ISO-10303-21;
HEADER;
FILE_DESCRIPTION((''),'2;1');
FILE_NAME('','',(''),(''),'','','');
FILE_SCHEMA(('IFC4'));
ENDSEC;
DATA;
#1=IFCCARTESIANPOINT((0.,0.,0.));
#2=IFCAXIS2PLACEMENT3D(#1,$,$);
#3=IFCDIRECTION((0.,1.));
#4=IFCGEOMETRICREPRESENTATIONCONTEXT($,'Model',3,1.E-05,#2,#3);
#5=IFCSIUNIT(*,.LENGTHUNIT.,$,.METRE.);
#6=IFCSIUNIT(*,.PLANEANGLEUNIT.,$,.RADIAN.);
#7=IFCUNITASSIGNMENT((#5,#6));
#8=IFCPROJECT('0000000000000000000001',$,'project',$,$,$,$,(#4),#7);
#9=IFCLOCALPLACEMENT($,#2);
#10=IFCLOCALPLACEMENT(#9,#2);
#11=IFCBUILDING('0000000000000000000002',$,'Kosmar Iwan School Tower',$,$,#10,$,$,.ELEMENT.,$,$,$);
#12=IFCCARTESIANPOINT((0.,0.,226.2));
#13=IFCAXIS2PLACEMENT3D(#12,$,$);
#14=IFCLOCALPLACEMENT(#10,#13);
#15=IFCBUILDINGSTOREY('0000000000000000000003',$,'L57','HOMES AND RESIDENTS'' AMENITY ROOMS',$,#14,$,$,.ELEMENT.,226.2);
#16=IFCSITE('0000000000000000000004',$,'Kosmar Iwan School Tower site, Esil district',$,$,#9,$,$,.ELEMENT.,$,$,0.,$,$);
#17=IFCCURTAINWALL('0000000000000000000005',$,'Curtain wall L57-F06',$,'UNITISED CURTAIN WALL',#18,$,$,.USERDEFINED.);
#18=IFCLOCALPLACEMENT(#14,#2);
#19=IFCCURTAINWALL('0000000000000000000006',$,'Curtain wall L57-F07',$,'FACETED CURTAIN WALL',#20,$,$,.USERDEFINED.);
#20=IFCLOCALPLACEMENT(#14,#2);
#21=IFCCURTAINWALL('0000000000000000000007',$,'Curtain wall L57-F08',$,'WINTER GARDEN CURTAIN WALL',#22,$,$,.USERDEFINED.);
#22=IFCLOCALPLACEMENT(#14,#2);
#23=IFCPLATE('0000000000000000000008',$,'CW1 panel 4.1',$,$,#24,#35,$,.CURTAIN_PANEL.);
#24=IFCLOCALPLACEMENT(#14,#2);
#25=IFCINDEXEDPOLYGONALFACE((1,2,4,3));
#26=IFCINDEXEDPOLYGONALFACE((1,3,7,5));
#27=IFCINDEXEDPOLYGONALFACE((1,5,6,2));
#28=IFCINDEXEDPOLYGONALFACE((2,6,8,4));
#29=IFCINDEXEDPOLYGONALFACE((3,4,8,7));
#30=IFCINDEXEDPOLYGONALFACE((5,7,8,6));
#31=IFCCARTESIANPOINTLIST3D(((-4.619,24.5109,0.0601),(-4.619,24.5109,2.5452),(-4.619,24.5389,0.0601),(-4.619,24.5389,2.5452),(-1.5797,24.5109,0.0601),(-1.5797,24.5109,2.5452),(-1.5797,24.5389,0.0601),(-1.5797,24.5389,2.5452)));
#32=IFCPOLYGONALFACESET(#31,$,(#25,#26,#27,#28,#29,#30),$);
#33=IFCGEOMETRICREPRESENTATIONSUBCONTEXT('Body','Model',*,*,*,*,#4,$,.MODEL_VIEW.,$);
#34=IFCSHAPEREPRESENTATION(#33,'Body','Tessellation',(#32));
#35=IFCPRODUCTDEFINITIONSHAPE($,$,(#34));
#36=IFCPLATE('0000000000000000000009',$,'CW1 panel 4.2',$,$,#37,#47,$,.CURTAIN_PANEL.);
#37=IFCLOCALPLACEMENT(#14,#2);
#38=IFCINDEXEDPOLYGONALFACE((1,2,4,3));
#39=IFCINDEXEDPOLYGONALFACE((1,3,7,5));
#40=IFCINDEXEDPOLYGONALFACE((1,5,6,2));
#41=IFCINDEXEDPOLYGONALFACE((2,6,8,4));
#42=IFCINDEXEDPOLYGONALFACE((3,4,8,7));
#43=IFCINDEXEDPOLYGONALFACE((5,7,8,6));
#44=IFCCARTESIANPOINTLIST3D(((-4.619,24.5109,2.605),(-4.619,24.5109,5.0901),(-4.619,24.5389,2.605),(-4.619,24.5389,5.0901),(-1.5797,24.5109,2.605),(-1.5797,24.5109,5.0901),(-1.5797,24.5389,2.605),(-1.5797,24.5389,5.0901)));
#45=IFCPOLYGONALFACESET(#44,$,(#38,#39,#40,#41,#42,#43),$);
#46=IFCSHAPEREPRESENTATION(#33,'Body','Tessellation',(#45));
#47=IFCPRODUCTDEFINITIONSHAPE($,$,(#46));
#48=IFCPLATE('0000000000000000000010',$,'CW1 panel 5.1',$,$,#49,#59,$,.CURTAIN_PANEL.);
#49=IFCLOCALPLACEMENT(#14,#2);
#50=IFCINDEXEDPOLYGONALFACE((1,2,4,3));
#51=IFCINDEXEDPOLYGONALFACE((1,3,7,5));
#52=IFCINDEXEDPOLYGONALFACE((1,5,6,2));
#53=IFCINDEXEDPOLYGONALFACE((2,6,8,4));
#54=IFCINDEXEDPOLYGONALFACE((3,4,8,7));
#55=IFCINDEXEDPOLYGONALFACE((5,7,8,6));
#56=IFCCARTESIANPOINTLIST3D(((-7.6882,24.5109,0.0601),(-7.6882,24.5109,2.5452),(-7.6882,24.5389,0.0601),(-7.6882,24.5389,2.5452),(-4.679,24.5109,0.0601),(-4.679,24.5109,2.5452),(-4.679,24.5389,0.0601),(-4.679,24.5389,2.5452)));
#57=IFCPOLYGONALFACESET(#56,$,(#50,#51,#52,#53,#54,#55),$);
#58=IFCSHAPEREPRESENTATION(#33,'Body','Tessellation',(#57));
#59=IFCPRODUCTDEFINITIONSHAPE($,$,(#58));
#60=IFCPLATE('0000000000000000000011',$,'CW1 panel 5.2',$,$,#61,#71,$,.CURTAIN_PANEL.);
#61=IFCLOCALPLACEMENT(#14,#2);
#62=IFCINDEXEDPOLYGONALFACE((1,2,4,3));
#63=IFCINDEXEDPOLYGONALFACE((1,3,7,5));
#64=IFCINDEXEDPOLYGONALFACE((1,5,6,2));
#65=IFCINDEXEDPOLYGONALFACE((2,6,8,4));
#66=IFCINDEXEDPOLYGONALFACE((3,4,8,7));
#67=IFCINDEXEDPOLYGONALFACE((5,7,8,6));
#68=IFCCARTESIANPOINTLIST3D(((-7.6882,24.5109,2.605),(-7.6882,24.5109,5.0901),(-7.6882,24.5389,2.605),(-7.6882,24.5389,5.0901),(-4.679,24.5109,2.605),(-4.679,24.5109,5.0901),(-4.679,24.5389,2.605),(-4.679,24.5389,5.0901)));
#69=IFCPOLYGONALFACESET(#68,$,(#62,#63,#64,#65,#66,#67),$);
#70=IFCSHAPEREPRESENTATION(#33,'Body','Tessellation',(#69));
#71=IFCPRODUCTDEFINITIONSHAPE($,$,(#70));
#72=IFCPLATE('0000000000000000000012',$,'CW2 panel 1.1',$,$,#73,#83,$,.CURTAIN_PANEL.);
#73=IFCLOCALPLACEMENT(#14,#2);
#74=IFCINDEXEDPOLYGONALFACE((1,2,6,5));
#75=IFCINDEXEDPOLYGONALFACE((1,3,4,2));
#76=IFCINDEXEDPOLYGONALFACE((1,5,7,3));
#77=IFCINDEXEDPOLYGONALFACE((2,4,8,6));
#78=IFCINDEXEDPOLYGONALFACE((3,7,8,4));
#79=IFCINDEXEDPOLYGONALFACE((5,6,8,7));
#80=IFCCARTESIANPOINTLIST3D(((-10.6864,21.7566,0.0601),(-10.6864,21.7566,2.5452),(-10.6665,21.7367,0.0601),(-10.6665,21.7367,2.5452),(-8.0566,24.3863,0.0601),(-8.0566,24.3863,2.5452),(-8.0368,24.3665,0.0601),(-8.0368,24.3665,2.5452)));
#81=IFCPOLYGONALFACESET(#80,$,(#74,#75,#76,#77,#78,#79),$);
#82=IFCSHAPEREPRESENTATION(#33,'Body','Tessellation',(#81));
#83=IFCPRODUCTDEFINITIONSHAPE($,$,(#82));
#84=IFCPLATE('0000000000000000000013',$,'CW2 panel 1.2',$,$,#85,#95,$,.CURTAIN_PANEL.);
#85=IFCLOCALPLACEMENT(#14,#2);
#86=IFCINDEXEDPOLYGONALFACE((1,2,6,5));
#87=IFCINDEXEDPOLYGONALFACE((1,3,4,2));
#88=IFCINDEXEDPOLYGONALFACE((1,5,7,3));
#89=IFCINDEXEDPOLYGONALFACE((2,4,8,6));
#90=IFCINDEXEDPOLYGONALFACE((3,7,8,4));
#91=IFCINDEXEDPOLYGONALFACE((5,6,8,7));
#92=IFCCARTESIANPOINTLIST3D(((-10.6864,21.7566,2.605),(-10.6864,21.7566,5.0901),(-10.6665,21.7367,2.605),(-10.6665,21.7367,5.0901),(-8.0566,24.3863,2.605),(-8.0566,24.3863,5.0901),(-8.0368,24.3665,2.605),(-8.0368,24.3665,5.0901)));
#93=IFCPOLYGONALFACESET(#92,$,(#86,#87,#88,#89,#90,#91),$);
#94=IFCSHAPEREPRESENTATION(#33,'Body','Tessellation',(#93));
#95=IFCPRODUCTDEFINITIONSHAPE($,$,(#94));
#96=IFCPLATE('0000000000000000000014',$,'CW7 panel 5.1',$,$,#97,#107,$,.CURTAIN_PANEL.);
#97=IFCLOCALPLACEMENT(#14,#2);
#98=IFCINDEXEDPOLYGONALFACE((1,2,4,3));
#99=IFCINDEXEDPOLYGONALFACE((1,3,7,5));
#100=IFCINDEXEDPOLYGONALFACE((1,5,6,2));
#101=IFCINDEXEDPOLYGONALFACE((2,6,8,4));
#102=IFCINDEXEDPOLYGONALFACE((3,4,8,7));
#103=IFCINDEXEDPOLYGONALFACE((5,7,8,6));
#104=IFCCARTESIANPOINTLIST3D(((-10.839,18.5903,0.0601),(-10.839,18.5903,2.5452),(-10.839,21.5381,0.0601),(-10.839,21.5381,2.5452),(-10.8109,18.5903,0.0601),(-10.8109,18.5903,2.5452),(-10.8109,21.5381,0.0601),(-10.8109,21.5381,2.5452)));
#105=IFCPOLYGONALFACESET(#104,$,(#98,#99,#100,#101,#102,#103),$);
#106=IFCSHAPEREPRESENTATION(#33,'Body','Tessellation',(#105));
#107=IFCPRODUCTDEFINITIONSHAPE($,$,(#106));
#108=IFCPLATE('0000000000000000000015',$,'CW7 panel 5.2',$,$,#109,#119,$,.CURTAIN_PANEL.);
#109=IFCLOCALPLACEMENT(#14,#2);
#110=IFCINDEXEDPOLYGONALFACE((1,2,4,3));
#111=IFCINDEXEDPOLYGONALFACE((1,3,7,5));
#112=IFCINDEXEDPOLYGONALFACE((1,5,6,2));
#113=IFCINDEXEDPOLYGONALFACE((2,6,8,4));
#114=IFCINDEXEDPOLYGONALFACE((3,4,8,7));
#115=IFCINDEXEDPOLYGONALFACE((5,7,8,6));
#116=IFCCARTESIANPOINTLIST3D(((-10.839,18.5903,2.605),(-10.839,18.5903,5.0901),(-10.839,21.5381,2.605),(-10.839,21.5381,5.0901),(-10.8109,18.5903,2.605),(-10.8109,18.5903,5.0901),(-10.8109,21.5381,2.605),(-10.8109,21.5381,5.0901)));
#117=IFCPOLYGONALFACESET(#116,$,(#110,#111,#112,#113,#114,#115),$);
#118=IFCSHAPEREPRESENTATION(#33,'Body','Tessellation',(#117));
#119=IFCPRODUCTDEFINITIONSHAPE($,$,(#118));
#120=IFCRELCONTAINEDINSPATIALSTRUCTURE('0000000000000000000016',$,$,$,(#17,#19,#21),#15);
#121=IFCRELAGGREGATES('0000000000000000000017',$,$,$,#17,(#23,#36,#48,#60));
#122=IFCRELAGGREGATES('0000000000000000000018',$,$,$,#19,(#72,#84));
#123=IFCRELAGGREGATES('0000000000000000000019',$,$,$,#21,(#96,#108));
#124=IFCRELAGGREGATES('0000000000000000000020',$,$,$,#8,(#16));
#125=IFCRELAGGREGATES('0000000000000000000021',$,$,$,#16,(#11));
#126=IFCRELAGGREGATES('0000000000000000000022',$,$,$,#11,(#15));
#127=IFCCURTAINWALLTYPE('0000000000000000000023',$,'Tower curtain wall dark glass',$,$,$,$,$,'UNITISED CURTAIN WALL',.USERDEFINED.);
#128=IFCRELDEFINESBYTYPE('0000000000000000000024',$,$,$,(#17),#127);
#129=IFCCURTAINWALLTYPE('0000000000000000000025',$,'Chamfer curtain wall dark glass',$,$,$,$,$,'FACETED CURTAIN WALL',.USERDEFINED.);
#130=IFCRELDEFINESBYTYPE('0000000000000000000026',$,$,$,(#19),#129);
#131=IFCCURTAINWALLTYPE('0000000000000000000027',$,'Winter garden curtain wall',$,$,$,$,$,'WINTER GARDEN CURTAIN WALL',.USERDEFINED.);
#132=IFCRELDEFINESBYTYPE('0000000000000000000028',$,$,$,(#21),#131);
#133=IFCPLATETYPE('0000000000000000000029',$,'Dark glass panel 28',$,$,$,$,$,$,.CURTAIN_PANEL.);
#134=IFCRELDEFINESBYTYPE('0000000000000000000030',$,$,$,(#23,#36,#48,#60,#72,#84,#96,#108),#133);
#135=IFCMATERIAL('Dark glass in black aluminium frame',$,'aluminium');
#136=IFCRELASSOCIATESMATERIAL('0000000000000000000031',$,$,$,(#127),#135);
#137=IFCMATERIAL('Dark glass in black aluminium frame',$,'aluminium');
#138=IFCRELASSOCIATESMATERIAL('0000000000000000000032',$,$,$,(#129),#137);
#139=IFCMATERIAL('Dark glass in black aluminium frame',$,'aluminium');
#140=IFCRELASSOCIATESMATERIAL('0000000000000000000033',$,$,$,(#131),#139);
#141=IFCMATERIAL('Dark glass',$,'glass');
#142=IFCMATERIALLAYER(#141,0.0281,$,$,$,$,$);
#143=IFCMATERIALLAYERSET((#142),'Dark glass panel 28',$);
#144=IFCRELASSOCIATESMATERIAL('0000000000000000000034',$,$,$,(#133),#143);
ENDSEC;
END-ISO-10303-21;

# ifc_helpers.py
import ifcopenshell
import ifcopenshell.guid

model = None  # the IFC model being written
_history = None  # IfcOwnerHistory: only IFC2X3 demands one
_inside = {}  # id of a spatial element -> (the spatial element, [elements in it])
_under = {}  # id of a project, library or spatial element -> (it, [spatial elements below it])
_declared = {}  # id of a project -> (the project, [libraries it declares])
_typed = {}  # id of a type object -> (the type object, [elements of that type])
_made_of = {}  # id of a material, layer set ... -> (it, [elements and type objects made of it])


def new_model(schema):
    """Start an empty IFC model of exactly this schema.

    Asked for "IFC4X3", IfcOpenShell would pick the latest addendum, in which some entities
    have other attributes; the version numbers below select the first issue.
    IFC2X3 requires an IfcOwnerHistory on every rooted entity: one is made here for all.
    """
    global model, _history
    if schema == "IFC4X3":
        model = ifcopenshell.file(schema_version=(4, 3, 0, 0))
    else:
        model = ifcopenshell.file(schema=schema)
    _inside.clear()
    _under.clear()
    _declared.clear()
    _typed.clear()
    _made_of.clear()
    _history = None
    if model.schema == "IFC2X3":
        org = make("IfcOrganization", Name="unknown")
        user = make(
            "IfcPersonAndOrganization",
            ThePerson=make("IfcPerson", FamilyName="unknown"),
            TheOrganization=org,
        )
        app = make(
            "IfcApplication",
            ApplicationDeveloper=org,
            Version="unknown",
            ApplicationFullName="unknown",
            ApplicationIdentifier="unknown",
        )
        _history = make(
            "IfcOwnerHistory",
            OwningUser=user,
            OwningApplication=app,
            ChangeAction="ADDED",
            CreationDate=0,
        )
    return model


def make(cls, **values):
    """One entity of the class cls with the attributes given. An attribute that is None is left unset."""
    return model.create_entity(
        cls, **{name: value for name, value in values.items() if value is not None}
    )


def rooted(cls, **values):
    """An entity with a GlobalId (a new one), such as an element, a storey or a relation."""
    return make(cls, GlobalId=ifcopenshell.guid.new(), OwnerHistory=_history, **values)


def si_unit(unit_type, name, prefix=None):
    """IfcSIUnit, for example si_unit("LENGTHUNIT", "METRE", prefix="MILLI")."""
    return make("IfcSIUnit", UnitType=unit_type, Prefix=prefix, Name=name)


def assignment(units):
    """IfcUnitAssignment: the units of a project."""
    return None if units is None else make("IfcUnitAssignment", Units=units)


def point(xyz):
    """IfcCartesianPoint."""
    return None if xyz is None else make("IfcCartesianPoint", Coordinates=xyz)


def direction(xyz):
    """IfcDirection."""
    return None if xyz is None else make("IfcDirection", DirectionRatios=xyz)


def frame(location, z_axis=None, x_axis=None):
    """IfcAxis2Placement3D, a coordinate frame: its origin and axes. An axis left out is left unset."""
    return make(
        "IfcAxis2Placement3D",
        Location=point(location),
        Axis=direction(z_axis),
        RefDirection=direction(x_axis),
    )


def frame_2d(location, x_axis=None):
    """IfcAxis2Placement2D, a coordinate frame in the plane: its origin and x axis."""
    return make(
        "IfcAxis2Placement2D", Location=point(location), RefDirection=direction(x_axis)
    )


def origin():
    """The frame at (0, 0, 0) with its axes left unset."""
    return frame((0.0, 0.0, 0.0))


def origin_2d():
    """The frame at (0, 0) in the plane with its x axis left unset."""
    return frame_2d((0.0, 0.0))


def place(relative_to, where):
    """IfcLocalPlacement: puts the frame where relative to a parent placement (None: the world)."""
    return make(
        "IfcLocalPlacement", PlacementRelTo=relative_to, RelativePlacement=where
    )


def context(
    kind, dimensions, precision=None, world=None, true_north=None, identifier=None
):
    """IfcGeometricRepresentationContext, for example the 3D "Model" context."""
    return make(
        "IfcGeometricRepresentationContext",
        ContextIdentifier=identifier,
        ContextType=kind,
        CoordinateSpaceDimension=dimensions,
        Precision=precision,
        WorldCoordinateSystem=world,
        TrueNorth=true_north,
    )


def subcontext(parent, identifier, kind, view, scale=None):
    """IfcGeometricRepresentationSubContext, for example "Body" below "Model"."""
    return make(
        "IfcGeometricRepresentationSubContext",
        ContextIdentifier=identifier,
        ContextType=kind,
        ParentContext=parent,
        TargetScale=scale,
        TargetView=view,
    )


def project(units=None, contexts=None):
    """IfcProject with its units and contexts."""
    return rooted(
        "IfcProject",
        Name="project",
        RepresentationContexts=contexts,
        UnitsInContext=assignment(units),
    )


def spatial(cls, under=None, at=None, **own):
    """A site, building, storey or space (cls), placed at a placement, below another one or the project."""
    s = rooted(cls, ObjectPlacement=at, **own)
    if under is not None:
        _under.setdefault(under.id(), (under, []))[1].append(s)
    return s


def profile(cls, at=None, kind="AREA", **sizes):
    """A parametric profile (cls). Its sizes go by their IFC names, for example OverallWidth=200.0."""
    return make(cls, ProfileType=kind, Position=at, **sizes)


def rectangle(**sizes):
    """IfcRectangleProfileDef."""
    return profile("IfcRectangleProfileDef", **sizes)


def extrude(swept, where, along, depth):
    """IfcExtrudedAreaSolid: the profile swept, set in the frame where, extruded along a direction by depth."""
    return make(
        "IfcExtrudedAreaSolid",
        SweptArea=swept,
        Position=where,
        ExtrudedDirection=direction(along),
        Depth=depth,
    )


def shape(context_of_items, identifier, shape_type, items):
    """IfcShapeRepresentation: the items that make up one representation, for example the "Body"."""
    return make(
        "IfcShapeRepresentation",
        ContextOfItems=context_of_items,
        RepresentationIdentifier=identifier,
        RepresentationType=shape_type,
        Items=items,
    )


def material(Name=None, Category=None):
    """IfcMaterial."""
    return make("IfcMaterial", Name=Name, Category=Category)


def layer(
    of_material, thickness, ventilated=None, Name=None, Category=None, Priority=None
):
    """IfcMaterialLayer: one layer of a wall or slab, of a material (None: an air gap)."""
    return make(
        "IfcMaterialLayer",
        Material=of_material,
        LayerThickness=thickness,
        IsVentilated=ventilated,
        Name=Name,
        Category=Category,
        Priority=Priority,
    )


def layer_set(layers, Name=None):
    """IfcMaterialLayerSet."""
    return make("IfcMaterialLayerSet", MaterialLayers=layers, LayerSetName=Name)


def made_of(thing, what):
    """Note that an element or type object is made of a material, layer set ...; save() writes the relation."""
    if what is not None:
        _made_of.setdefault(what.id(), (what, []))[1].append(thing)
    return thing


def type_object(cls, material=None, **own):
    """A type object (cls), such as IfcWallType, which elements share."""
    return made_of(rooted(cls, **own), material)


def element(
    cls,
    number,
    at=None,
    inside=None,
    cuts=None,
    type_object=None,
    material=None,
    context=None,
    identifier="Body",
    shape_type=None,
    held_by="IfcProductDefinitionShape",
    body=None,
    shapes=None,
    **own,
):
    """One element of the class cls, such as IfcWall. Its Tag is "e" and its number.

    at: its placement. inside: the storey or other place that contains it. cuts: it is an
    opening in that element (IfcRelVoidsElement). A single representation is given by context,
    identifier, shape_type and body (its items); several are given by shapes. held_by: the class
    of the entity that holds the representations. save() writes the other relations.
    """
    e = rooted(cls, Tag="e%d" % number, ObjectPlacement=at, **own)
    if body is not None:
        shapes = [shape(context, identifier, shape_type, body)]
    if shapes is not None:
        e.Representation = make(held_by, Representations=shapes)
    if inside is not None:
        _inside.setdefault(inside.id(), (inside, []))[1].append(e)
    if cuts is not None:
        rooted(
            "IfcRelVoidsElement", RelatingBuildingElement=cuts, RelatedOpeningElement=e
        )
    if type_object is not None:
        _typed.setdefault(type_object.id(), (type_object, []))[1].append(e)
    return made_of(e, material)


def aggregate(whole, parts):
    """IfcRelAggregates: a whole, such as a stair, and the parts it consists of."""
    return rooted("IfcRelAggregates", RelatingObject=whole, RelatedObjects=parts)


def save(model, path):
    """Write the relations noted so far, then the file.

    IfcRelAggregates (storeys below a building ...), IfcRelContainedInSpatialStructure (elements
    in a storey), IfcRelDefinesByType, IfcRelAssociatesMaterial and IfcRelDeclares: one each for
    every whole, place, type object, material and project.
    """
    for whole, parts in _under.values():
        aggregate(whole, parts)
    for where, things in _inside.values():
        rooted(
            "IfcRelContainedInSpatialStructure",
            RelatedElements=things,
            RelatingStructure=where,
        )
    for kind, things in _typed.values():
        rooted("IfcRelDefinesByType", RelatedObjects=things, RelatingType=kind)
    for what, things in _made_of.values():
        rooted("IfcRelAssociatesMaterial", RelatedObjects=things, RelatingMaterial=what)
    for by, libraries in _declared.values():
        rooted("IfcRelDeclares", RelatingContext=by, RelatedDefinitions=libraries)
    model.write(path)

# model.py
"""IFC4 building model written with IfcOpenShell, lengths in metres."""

from ifc_helpers import new_model, si_unit, direction, frame, origin, origin_2d, place, context, subcontext, project, spatial, rectangle, extrude, material, layer, layer_set, type_object, element, aggregate, save


model = new_model("IFC4")

# Units and contexts
model_context = context("Model", 3, precision=1e-05, world=origin(), true_north=direction((0.0, 1.0)))
body_context = subcontext(model_context, "Body", "Model", "MODEL_VIEW")
ifc_project = project(units=[si_unit("LENGTHUNIT", "METRE"), si_unit("PLANEANGLEUNIT", "RADIAN")], contexts=[model_context])

# Site, building, storey
site_placement = place(None, origin())
site = spatial("IfcSite", under=ifc_project, at=site_placement, Name="Kosmar Iwan School Tower site, Esil district", CompositionType="ELEMENT", RefElevation=0.0)
building_placement = place(site_placement, origin())
building = spatial("IfcBuilding", under=site, at=building_placement, Name="Kosmar Iwan School Tower", CompositionType="ELEMENT")
storey_placement = place(building_placement, frame((0.0, 0.0, 226.2)))
storey = spatial("IfcBuildingStorey", under=building, at=storey_placement, Name="L57", Description="HOMES AND RESIDENTS' AMENITY ROOMS", CompositionType="ELEMENT", Elevation=226.2)

# Curtain walls
ifc_material_1 = material(Name="Dark glass in black aluminium frame", Category="aluminium")
curtain_wall_type_1 = type_object("IfcCurtainWallType", Name="Tower curtain wall dark glass", ElementType="UNITISED CURTAIN WALL", PredefinedType="USERDEFINED", material=ifc_material_1)
curtain_wall_1_placement = place(storey_placement, origin())
curtain_wall_1 = element("IfcCurtainWall", 1, at=curtain_wall_1_placement, inside=storey, type_object=curtain_wall_type_1, Name="Curtain wall L57-F06", ObjectType="UNITISED CURTAIN WALL", PredefinedType="USERDEFINED")
ifc_material_2 = material(Name="Dark glass in black aluminium frame", Category="aluminium")
curtain_wall_type_2 = type_object("IfcCurtainWallType", Name="Chamfer curtain wall dark glass", ElementType="FACETED CURTAIN WALL", PredefinedType="USERDEFINED", material=ifc_material_2)
curtain_wall_2_placement = place(storey_placement, origin())
curtain_wall_2 = element("IfcCurtainWall", 2, at=curtain_wall_2_placement, inside=storey, type_object=curtain_wall_type_2, Name="Curtain wall L57-F07", ObjectType="FACETED CURTAIN WALL", PredefinedType="USERDEFINED")

# Curtain wall
ifc_material_3 = material(Name="Dark glass in black aluminium frame", Category="aluminium")
curtain_wall_type_3 = type_object("IfcCurtainWallType", Name="Winter garden curtain wall", ElementType="WINTER GARDEN CURTAIN WALL", PredefinedType="USERDEFINED", material=ifc_material_3)
curtain_wall_3_placement = place(storey_placement, origin())
curtain_wall_3 = element("IfcCurtainWall", 3, at=curtain_wall_3_placement, inside=storey, type_object=curtain_wall_type_3, Name="Curtain wall L57-F08", ObjectType="WINTER GARDEN CURTAIN WALL", PredefinedType="USERDEFINED")

# Plates
ifc_material_4 = material(Name="Dark glass", Category="glass")
ifc_layer = layer(ifc_material_4, 0.0281)
ifc_layer_set = layer_set([ifc_layer], Name="Dark glass panel 28")
plate_type = type_object("IfcPlateType", Name="Dark glass panel 28", PredefinedType="CURTAIN_PANEL", material=ifc_layer_set)
plate_1_placement = place(storey_placement, frame((-3.0994, 24.5249, 0.0601), z_axis=(0.0, 0.0, 1.0), x_axis=(-1.0, 0.0, 0.0)))
plate_1 = element("IfcPlate", 4, at=plate_1_placement, type_object=plate_type, Name="CW1 panel 4.1", PredefinedType="CURTAIN_PANEL", context=body_context, shape_type="SweptSolid", body=[
    extrude(rectangle(XDim=3.0393, YDim=0.0281, at=origin_2d()), origin(), (0.0, 0.0, 1.0), 2.4851),
])
plate_2_placement = place(storey_placement, frame((-3.0994, 24.5249, 2.605), z_axis=(0.0, 0.0, 1.0), x_axis=(-1.0, 0.0, 0.0)))
plate_2 = element("IfcPlate", 5, at=plate_2_placement, type_object=plate_type, Name="CW1 panel 4.2", PredefinedType="CURTAIN_PANEL", context=body_context, shape_type="SweptSolid", body=[
    extrude(rectangle(XDim=3.0393, YDim=0.0281, at=origin_2d()), origin(), (0.0, 0.0, 1.0), 2.4851),
])
plate_3_placement = place(storey_placement, frame((-6.1836, 24.5249, 0.0601), z_axis=(0.0, 0.0, 1.0), x_axis=(-1.0, 0.0, 0.0)))
plate_3 = element("IfcPlate", 6, at=plate_3_placement, type_object=plate_type, Name="CW1 panel 5.1", PredefinedType="CURTAIN_PANEL", context=body_context, shape_type="SweptSolid", body=[
    extrude(rectangle(XDim=3.0093, YDim=0.0281, at=origin_2d()), origin(), (0.0, 0.0, 1.0), 2.4851),
])
plate_4_placement = place(storey_placement, frame((-6.1836, 24.5249, 2.605), z_axis=(0.0, 0.0, 1.0), x_axis=(-1.0, 0.0, 0.0)))
plate_4 = element("IfcPlate", 7, at=plate_4_placement, type_object=plate_type, Name="CW1 panel 5.2", PredefinedType="CURTAIN_PANEL", context=body_context, shape_type="SweptSolid", body=[
    extrude(rectangle(XDim=3.0093, YDim=0.0281, at=origin_2d()), origin(), (0.0, 0.0, 1.0), 2.4851),
])
aggregate(curtain_wall_1, [plate_1, plate_2, plate_3, plate_4])
plate_5_placement = place(storey_placement, frame((-9.3616, 23.0615, 0.0601), z_axis=(0.0, 0.0, 1.0), x_axis=(-0.707107, -0.707107, 0.0)))
plate_5 = element("IfcPlate", 8, at=plate_5_placement, type_object=plate_type, Name="CW2 panel 1.1", PredefinedType="CURTAIN_PANEL", context=body_context, shape_type="SweptSolid", body=[
    extrude(rectangle(XDim=3.719, YDim=0.0281, at=origin_2d()), origin(), (0.0, 0.0, 1.0), 2.4851),
])
plate_6_placement = place(storey_placement, frame((-9.3616, 23.0615, 2.605), z_axis=(0.0, 0.0, 1.0), x_axis=(-0.707107, -0.707107, 0.0)))
plate_6 = element("IfcPlate", 9, at=plate_6_placement, type_object=plate_type, Name="CW2 panel 1.2", PredefinedType="CURTAIN_PANEL", context=body_context, shape_type="SweptSolid", body=[
    extrude(rectangle(XDim=3.719, YDim=0.0281, at=origin_2d()), origin(), (0.0, 0.0, 1.0), 2.4851),
])
aggregate(curtain_wall_2, [plate_5, plate_6])
plate_7_placement = place(storey_placement, frame((-10.825, 20.0642, 0.0601), z_axis=(0.0, 0.0, 1.0), x_axis=(0.0, 1.0, 0.0)))
plate_7 = element("IfcPlate", 10, at=plate_7_placement, type_object=plate_type, Name="CW7 panel 5.1", PredefinedType="CURTAIN_PANEL", context=body_context, shape_type="SweptSolid", body=[
    extrude(rectangle(XDim=2.9478, YDim=0.0281, at=origin_2d()), origin(), (0.0, 0.0, 1.0), 2.4851),
])
plate_8_placement = place(storey_placement, frame((-10.825, 20.0642, 2.605), z_axis=(0.0, 0.0, 1.0), x_axis=(0.0, 1.0, 0.0)))
plate_8 = element("IfcPlate", 11, at=plate_8_placement, type_object=plate_type, Name="CW7 panel 5.2", PredefinedType="CURTAIN_PANEL", context=body_context, shape_type="SweptSolid", body=[
    extrude(rectangle(XDim=2.9478, YDim=0.0281, at=origin_2d()), origin(), (0.0, 0.0, 1.0), 2.4851),
])
aggregate(curtain_wall_3, [plate_7, plate_8])

save(model, "model.ifc")
